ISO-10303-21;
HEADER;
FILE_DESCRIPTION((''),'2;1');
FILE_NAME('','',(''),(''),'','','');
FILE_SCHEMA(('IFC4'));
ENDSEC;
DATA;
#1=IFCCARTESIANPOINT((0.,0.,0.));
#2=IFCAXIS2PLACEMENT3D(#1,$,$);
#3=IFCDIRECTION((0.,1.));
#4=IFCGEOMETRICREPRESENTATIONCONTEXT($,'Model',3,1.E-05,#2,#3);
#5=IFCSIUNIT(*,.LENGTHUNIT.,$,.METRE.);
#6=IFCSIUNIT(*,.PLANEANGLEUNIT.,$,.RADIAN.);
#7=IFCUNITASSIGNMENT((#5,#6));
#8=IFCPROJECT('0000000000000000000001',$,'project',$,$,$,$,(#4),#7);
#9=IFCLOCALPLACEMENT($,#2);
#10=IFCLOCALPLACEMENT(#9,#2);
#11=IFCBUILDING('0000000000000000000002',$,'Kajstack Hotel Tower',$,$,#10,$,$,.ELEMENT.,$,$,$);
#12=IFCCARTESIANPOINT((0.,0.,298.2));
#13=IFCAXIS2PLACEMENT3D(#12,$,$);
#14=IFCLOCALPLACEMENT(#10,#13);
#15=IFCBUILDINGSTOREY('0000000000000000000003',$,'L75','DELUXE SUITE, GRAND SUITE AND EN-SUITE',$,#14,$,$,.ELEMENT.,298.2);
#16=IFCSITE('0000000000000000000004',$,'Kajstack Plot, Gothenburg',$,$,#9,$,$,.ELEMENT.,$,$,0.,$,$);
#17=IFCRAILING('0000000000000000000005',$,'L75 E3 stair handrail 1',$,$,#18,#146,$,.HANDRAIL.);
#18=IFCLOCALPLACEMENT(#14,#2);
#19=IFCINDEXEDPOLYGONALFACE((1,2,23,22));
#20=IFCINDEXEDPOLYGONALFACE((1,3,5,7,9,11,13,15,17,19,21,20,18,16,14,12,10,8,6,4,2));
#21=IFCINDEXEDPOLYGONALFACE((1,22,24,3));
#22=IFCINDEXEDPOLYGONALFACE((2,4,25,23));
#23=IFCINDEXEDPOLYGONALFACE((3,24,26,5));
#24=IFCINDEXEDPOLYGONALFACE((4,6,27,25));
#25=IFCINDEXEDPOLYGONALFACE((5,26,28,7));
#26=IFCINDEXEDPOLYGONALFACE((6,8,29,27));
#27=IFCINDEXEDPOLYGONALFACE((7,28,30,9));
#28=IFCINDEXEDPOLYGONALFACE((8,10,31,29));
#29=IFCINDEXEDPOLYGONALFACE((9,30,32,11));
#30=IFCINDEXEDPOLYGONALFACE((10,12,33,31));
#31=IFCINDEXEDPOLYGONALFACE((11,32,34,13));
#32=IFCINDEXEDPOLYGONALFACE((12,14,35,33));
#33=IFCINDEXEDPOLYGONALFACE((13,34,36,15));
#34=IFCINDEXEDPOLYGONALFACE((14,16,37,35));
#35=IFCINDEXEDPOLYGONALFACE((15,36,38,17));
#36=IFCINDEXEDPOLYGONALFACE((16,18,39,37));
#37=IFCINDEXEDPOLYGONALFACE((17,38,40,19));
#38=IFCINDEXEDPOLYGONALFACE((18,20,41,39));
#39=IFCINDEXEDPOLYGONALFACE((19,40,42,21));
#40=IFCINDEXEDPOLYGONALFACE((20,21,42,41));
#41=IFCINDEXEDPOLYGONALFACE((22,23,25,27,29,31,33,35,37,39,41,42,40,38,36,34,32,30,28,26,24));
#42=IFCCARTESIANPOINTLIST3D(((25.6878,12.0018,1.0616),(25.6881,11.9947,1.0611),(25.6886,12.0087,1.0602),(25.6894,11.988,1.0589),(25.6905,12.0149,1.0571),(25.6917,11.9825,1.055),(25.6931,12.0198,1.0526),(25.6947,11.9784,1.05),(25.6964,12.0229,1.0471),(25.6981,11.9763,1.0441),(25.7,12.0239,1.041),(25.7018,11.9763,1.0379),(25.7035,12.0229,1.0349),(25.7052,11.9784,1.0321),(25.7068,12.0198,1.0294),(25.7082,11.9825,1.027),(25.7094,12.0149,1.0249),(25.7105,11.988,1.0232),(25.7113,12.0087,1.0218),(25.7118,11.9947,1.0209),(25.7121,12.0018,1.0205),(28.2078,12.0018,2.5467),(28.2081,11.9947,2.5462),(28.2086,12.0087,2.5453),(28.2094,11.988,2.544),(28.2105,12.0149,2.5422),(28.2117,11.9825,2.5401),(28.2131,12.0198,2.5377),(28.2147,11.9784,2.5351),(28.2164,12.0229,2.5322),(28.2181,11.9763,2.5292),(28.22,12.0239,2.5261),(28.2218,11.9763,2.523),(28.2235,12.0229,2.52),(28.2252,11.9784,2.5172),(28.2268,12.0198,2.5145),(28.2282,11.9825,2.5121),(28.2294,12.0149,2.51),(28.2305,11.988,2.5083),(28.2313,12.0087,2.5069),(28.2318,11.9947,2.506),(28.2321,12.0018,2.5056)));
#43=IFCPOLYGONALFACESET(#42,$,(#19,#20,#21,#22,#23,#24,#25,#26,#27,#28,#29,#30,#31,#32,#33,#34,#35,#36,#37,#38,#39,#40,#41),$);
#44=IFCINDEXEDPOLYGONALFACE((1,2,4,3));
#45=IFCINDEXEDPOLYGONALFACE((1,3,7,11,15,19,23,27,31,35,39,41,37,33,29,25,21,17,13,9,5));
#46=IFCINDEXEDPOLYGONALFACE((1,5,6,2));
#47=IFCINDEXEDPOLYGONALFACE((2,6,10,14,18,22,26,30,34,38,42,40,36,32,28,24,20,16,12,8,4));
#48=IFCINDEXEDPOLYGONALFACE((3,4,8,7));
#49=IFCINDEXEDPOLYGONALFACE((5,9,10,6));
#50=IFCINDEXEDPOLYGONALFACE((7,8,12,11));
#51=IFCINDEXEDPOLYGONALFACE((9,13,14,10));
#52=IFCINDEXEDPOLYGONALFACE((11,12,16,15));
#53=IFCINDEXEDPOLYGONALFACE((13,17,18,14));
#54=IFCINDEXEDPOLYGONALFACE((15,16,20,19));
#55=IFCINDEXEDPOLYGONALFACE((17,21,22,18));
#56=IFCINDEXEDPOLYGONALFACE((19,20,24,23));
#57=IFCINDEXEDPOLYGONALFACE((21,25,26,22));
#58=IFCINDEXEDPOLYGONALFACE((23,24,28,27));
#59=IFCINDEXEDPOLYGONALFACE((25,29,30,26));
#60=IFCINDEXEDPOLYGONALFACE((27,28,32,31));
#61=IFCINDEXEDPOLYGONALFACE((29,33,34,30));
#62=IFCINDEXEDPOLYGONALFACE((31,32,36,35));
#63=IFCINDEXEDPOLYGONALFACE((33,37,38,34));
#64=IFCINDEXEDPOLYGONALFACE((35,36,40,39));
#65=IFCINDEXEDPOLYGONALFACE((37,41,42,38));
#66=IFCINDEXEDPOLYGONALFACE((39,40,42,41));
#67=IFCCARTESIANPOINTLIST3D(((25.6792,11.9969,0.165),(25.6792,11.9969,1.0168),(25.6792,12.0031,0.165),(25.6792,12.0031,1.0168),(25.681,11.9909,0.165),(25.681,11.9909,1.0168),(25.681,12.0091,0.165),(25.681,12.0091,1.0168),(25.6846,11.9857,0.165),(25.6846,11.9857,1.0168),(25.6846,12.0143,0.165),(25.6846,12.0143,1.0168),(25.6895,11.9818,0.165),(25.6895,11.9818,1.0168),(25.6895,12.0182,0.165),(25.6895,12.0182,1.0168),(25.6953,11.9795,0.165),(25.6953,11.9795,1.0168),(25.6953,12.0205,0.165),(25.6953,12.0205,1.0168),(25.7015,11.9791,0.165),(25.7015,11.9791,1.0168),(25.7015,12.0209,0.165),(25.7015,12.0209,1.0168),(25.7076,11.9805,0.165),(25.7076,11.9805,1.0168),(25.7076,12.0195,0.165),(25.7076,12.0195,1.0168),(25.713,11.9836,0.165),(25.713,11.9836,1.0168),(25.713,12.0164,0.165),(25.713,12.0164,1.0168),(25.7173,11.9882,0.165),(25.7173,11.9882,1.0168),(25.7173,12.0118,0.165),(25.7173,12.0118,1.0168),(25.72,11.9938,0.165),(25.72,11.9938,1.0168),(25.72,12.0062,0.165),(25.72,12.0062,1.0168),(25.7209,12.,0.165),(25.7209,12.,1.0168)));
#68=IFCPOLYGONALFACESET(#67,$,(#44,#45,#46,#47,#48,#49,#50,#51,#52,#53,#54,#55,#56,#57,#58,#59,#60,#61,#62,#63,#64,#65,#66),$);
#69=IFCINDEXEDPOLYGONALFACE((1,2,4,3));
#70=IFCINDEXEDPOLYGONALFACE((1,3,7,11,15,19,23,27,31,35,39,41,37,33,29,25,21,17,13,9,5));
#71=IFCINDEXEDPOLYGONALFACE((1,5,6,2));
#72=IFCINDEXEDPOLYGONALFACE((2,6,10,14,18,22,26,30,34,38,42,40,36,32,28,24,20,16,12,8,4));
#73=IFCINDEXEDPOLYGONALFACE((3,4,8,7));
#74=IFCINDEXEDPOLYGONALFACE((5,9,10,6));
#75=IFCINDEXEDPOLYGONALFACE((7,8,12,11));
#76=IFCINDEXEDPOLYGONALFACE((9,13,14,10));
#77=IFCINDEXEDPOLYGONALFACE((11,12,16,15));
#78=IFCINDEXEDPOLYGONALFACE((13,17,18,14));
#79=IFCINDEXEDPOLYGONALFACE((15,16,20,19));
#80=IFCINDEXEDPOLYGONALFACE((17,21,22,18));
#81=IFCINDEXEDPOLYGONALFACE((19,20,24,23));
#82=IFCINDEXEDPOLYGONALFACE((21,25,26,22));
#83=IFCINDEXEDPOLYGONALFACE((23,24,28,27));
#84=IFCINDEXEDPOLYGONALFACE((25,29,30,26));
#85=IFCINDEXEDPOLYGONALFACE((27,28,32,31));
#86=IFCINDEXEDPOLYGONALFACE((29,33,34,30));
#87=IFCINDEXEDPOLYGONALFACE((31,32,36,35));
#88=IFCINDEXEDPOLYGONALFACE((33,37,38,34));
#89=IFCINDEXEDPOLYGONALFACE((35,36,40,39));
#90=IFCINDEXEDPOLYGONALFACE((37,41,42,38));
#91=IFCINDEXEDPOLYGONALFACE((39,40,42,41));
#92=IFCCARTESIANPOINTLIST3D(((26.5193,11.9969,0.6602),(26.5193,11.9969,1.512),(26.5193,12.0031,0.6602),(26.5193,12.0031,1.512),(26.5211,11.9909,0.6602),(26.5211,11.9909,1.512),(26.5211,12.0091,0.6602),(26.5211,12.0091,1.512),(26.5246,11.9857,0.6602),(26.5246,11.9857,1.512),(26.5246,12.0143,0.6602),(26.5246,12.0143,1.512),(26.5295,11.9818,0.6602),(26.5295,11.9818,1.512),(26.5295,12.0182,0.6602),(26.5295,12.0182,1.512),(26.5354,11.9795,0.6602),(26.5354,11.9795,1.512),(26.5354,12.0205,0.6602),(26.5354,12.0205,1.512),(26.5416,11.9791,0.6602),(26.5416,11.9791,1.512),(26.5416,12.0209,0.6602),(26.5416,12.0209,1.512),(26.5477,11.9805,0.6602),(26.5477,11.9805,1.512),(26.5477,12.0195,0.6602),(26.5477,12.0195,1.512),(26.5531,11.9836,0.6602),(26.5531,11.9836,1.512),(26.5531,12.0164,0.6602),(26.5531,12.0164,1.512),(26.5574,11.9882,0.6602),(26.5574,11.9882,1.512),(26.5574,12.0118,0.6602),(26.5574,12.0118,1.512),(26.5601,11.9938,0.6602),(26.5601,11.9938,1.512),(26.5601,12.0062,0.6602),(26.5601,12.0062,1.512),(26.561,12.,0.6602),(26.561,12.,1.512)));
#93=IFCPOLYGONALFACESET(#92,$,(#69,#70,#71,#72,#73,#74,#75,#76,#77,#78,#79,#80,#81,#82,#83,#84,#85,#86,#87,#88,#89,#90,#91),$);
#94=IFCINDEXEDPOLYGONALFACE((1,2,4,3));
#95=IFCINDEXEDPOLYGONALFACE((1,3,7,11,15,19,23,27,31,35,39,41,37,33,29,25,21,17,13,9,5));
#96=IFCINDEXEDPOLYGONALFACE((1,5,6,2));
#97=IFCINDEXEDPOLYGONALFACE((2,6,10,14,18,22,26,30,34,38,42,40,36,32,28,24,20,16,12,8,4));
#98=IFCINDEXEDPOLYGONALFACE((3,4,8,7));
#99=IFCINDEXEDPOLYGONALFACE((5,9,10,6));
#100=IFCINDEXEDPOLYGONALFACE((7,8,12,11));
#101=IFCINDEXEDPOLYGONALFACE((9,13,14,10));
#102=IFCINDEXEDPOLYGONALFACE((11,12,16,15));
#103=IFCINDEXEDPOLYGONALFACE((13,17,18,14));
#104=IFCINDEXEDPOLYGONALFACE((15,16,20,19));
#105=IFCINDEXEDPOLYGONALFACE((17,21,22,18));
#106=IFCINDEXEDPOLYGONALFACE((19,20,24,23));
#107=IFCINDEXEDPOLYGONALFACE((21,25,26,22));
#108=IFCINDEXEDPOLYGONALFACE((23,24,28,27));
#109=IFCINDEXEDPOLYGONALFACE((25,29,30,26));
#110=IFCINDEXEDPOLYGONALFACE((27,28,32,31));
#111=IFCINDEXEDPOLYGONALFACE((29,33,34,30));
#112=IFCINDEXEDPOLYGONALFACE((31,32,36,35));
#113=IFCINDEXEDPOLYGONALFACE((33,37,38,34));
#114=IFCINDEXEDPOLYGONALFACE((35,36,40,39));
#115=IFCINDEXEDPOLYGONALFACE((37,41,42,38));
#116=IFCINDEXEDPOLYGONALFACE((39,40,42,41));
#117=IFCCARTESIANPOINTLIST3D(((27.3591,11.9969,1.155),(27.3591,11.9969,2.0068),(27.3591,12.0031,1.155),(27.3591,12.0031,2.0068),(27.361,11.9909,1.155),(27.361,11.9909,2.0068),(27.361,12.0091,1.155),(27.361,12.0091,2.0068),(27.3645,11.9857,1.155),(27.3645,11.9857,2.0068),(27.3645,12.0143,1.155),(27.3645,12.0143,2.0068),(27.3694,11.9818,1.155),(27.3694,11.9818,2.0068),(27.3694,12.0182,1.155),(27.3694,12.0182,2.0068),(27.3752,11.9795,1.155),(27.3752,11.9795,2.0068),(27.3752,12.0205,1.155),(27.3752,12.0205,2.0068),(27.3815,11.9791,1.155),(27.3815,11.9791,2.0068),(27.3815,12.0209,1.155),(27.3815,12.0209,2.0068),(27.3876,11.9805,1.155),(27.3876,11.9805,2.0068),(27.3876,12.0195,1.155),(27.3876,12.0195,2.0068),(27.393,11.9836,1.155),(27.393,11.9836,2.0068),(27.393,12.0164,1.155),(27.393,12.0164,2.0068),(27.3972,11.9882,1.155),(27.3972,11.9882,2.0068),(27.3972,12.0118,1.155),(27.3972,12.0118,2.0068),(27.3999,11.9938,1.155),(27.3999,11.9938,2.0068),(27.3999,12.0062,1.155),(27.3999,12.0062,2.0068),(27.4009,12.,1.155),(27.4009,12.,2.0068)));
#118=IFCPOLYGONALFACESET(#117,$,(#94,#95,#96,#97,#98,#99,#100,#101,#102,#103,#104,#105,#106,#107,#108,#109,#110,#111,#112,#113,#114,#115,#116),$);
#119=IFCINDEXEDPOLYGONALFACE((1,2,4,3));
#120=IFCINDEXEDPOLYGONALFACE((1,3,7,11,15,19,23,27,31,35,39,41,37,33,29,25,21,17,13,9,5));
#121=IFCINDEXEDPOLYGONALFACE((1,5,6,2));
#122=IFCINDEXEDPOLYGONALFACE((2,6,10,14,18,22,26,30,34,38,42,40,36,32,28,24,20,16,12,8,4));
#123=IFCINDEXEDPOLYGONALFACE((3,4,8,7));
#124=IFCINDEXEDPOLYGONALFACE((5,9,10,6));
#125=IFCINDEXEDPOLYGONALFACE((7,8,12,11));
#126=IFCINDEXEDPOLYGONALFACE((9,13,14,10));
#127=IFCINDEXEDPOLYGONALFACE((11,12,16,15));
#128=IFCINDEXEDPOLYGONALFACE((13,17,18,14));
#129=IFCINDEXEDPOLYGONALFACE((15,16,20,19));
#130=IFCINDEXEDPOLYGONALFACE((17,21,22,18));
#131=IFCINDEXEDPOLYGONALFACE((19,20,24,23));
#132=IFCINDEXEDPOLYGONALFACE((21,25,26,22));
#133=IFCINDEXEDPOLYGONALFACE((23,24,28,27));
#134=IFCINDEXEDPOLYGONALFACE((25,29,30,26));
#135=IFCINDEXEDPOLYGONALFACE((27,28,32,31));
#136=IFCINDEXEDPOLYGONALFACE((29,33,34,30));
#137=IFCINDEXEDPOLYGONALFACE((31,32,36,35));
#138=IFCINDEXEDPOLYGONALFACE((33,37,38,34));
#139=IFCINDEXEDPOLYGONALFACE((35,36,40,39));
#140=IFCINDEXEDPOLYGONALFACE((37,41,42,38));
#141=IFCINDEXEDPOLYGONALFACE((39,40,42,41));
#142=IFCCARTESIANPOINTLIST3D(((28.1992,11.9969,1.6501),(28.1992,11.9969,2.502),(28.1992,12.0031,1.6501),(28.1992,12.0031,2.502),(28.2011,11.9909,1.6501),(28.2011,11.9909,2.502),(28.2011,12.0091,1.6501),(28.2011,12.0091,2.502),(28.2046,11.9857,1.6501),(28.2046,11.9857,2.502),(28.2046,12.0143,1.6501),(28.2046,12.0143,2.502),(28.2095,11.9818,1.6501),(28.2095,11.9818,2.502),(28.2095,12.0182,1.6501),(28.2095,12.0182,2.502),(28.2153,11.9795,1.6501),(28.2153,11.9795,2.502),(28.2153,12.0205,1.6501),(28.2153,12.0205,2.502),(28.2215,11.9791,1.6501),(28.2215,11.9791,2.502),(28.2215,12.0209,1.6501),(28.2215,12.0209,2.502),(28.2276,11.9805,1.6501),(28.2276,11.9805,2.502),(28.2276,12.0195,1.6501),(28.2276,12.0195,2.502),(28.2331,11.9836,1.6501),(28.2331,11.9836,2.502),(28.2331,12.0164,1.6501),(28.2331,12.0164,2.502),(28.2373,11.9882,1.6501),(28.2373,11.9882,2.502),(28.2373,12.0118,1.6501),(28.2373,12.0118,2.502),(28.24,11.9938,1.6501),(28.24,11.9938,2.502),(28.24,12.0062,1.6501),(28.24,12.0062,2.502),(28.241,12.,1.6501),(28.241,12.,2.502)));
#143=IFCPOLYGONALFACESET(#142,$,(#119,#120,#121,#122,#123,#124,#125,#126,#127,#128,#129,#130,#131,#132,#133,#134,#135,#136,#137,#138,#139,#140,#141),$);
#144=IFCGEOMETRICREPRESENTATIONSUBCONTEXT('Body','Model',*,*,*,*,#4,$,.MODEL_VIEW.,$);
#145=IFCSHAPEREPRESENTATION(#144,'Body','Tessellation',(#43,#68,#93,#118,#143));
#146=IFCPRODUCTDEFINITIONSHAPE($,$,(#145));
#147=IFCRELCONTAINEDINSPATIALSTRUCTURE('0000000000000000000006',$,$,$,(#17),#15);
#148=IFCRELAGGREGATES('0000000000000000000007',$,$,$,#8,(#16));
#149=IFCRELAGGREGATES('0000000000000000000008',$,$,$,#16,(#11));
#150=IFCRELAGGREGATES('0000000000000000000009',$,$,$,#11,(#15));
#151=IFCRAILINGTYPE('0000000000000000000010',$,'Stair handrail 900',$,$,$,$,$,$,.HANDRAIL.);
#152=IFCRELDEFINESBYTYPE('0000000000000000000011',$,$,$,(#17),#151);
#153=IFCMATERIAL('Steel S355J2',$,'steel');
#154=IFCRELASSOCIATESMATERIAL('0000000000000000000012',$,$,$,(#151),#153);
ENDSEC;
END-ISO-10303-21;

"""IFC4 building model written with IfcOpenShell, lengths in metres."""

from ifc_helpers import new_model, si_unit, direction, frame, origin, origin_2d, place, context, subcontext, project, spatial, circle, extrude, material, type_object, element, save


model = new_model("IFC4")

# Units and contexts
model_context = context("Model", 3, precision=1e-05, world=origin(), true_north=direction((0.0, 1.0)))
body_context = subcontext(model_context, "Body", "Model", "MODEL_VIEW")
ifc_project = project(units=[si_unit("LENGTHUNIT", "METRE"), si_unit("PLANEANGLEUNIT", "RADIAN")], contexts=[model_context])

# Site, building, storey
site_placement = place(None, origin())
site = spatial("IfcSite", under=ifc_project, at=site_placement, Name="Kajstack Plot, Gothenburg", CompositionType="ELEMENT", RefElevation=0.0)
building_placement = place(site_placement, origin())
building = spatial("IfcBuilding", under=site, at=building_placement, Name="Kajstack Hotel Tower", CompositionType="ELEMENT")
storey_placement = place(building_placement, frame((0.0, 0.0, 298.2)))
storey = spatial("IfcBuildingStorey", under=building, at=storey_placement, Name="L75", Description="DELUXE SUITE, GRAND SUITE AND EN-SUITE", CompositionType="ELEMENT", Elevation=298.2)

# Railing
ifc_material_1 = material(Name="Steel S355J2", Category="steel")
railing_type_1 = type_object("IfcRailingType", Name="Stair handrail 900", PredefinedType="HANDRAIL", material=ifc_material_1)
railing_1_placement = place(storey_placement, frame((25.7, 12.0, 0.165)))
element("IfcRailing", 1, at=railing_1_placement, inside=storey, type_object=railing_type_1, Name="L75 E3 stair handrail 1", PredefinedType="HANDRAIL", context=body_context, shape_type="SweptSolid", body=[
    extrude(circle(Radius=0.0239, at=origin_2d()), frame((0.0, 0.0, 0.876), z_axis=(0.861524, 0.0, 0.507717), x_axis=(0.0, 1.0, 0.0)), (0.0, 0.0, 1.0), 2.925),
    extrude(circle(Radius=0.021, at=origin_2d()), origin(), (0.0, 0.0, 1.0), 0.8518),
    extrude(circle(Radius=0.021, at=origin_2d()), frame((0.8401, 0.0, 0.4951)), (0.0, 0.0, 1.0), 0.8518),
    extrude(circle(Radius=0.021, at=origin_2d()), frame((1.6799, 0.0, 0.99)), (0.0, 0.0, 1.0), 0.8518),
    extrude(circle(Radius=0.021, at=origin_2d()), frame((2.52, 0.0, 1.4851)), (0.0, 0.0, 1.0), 0.8518),
])

save(model, "model.ifc")
